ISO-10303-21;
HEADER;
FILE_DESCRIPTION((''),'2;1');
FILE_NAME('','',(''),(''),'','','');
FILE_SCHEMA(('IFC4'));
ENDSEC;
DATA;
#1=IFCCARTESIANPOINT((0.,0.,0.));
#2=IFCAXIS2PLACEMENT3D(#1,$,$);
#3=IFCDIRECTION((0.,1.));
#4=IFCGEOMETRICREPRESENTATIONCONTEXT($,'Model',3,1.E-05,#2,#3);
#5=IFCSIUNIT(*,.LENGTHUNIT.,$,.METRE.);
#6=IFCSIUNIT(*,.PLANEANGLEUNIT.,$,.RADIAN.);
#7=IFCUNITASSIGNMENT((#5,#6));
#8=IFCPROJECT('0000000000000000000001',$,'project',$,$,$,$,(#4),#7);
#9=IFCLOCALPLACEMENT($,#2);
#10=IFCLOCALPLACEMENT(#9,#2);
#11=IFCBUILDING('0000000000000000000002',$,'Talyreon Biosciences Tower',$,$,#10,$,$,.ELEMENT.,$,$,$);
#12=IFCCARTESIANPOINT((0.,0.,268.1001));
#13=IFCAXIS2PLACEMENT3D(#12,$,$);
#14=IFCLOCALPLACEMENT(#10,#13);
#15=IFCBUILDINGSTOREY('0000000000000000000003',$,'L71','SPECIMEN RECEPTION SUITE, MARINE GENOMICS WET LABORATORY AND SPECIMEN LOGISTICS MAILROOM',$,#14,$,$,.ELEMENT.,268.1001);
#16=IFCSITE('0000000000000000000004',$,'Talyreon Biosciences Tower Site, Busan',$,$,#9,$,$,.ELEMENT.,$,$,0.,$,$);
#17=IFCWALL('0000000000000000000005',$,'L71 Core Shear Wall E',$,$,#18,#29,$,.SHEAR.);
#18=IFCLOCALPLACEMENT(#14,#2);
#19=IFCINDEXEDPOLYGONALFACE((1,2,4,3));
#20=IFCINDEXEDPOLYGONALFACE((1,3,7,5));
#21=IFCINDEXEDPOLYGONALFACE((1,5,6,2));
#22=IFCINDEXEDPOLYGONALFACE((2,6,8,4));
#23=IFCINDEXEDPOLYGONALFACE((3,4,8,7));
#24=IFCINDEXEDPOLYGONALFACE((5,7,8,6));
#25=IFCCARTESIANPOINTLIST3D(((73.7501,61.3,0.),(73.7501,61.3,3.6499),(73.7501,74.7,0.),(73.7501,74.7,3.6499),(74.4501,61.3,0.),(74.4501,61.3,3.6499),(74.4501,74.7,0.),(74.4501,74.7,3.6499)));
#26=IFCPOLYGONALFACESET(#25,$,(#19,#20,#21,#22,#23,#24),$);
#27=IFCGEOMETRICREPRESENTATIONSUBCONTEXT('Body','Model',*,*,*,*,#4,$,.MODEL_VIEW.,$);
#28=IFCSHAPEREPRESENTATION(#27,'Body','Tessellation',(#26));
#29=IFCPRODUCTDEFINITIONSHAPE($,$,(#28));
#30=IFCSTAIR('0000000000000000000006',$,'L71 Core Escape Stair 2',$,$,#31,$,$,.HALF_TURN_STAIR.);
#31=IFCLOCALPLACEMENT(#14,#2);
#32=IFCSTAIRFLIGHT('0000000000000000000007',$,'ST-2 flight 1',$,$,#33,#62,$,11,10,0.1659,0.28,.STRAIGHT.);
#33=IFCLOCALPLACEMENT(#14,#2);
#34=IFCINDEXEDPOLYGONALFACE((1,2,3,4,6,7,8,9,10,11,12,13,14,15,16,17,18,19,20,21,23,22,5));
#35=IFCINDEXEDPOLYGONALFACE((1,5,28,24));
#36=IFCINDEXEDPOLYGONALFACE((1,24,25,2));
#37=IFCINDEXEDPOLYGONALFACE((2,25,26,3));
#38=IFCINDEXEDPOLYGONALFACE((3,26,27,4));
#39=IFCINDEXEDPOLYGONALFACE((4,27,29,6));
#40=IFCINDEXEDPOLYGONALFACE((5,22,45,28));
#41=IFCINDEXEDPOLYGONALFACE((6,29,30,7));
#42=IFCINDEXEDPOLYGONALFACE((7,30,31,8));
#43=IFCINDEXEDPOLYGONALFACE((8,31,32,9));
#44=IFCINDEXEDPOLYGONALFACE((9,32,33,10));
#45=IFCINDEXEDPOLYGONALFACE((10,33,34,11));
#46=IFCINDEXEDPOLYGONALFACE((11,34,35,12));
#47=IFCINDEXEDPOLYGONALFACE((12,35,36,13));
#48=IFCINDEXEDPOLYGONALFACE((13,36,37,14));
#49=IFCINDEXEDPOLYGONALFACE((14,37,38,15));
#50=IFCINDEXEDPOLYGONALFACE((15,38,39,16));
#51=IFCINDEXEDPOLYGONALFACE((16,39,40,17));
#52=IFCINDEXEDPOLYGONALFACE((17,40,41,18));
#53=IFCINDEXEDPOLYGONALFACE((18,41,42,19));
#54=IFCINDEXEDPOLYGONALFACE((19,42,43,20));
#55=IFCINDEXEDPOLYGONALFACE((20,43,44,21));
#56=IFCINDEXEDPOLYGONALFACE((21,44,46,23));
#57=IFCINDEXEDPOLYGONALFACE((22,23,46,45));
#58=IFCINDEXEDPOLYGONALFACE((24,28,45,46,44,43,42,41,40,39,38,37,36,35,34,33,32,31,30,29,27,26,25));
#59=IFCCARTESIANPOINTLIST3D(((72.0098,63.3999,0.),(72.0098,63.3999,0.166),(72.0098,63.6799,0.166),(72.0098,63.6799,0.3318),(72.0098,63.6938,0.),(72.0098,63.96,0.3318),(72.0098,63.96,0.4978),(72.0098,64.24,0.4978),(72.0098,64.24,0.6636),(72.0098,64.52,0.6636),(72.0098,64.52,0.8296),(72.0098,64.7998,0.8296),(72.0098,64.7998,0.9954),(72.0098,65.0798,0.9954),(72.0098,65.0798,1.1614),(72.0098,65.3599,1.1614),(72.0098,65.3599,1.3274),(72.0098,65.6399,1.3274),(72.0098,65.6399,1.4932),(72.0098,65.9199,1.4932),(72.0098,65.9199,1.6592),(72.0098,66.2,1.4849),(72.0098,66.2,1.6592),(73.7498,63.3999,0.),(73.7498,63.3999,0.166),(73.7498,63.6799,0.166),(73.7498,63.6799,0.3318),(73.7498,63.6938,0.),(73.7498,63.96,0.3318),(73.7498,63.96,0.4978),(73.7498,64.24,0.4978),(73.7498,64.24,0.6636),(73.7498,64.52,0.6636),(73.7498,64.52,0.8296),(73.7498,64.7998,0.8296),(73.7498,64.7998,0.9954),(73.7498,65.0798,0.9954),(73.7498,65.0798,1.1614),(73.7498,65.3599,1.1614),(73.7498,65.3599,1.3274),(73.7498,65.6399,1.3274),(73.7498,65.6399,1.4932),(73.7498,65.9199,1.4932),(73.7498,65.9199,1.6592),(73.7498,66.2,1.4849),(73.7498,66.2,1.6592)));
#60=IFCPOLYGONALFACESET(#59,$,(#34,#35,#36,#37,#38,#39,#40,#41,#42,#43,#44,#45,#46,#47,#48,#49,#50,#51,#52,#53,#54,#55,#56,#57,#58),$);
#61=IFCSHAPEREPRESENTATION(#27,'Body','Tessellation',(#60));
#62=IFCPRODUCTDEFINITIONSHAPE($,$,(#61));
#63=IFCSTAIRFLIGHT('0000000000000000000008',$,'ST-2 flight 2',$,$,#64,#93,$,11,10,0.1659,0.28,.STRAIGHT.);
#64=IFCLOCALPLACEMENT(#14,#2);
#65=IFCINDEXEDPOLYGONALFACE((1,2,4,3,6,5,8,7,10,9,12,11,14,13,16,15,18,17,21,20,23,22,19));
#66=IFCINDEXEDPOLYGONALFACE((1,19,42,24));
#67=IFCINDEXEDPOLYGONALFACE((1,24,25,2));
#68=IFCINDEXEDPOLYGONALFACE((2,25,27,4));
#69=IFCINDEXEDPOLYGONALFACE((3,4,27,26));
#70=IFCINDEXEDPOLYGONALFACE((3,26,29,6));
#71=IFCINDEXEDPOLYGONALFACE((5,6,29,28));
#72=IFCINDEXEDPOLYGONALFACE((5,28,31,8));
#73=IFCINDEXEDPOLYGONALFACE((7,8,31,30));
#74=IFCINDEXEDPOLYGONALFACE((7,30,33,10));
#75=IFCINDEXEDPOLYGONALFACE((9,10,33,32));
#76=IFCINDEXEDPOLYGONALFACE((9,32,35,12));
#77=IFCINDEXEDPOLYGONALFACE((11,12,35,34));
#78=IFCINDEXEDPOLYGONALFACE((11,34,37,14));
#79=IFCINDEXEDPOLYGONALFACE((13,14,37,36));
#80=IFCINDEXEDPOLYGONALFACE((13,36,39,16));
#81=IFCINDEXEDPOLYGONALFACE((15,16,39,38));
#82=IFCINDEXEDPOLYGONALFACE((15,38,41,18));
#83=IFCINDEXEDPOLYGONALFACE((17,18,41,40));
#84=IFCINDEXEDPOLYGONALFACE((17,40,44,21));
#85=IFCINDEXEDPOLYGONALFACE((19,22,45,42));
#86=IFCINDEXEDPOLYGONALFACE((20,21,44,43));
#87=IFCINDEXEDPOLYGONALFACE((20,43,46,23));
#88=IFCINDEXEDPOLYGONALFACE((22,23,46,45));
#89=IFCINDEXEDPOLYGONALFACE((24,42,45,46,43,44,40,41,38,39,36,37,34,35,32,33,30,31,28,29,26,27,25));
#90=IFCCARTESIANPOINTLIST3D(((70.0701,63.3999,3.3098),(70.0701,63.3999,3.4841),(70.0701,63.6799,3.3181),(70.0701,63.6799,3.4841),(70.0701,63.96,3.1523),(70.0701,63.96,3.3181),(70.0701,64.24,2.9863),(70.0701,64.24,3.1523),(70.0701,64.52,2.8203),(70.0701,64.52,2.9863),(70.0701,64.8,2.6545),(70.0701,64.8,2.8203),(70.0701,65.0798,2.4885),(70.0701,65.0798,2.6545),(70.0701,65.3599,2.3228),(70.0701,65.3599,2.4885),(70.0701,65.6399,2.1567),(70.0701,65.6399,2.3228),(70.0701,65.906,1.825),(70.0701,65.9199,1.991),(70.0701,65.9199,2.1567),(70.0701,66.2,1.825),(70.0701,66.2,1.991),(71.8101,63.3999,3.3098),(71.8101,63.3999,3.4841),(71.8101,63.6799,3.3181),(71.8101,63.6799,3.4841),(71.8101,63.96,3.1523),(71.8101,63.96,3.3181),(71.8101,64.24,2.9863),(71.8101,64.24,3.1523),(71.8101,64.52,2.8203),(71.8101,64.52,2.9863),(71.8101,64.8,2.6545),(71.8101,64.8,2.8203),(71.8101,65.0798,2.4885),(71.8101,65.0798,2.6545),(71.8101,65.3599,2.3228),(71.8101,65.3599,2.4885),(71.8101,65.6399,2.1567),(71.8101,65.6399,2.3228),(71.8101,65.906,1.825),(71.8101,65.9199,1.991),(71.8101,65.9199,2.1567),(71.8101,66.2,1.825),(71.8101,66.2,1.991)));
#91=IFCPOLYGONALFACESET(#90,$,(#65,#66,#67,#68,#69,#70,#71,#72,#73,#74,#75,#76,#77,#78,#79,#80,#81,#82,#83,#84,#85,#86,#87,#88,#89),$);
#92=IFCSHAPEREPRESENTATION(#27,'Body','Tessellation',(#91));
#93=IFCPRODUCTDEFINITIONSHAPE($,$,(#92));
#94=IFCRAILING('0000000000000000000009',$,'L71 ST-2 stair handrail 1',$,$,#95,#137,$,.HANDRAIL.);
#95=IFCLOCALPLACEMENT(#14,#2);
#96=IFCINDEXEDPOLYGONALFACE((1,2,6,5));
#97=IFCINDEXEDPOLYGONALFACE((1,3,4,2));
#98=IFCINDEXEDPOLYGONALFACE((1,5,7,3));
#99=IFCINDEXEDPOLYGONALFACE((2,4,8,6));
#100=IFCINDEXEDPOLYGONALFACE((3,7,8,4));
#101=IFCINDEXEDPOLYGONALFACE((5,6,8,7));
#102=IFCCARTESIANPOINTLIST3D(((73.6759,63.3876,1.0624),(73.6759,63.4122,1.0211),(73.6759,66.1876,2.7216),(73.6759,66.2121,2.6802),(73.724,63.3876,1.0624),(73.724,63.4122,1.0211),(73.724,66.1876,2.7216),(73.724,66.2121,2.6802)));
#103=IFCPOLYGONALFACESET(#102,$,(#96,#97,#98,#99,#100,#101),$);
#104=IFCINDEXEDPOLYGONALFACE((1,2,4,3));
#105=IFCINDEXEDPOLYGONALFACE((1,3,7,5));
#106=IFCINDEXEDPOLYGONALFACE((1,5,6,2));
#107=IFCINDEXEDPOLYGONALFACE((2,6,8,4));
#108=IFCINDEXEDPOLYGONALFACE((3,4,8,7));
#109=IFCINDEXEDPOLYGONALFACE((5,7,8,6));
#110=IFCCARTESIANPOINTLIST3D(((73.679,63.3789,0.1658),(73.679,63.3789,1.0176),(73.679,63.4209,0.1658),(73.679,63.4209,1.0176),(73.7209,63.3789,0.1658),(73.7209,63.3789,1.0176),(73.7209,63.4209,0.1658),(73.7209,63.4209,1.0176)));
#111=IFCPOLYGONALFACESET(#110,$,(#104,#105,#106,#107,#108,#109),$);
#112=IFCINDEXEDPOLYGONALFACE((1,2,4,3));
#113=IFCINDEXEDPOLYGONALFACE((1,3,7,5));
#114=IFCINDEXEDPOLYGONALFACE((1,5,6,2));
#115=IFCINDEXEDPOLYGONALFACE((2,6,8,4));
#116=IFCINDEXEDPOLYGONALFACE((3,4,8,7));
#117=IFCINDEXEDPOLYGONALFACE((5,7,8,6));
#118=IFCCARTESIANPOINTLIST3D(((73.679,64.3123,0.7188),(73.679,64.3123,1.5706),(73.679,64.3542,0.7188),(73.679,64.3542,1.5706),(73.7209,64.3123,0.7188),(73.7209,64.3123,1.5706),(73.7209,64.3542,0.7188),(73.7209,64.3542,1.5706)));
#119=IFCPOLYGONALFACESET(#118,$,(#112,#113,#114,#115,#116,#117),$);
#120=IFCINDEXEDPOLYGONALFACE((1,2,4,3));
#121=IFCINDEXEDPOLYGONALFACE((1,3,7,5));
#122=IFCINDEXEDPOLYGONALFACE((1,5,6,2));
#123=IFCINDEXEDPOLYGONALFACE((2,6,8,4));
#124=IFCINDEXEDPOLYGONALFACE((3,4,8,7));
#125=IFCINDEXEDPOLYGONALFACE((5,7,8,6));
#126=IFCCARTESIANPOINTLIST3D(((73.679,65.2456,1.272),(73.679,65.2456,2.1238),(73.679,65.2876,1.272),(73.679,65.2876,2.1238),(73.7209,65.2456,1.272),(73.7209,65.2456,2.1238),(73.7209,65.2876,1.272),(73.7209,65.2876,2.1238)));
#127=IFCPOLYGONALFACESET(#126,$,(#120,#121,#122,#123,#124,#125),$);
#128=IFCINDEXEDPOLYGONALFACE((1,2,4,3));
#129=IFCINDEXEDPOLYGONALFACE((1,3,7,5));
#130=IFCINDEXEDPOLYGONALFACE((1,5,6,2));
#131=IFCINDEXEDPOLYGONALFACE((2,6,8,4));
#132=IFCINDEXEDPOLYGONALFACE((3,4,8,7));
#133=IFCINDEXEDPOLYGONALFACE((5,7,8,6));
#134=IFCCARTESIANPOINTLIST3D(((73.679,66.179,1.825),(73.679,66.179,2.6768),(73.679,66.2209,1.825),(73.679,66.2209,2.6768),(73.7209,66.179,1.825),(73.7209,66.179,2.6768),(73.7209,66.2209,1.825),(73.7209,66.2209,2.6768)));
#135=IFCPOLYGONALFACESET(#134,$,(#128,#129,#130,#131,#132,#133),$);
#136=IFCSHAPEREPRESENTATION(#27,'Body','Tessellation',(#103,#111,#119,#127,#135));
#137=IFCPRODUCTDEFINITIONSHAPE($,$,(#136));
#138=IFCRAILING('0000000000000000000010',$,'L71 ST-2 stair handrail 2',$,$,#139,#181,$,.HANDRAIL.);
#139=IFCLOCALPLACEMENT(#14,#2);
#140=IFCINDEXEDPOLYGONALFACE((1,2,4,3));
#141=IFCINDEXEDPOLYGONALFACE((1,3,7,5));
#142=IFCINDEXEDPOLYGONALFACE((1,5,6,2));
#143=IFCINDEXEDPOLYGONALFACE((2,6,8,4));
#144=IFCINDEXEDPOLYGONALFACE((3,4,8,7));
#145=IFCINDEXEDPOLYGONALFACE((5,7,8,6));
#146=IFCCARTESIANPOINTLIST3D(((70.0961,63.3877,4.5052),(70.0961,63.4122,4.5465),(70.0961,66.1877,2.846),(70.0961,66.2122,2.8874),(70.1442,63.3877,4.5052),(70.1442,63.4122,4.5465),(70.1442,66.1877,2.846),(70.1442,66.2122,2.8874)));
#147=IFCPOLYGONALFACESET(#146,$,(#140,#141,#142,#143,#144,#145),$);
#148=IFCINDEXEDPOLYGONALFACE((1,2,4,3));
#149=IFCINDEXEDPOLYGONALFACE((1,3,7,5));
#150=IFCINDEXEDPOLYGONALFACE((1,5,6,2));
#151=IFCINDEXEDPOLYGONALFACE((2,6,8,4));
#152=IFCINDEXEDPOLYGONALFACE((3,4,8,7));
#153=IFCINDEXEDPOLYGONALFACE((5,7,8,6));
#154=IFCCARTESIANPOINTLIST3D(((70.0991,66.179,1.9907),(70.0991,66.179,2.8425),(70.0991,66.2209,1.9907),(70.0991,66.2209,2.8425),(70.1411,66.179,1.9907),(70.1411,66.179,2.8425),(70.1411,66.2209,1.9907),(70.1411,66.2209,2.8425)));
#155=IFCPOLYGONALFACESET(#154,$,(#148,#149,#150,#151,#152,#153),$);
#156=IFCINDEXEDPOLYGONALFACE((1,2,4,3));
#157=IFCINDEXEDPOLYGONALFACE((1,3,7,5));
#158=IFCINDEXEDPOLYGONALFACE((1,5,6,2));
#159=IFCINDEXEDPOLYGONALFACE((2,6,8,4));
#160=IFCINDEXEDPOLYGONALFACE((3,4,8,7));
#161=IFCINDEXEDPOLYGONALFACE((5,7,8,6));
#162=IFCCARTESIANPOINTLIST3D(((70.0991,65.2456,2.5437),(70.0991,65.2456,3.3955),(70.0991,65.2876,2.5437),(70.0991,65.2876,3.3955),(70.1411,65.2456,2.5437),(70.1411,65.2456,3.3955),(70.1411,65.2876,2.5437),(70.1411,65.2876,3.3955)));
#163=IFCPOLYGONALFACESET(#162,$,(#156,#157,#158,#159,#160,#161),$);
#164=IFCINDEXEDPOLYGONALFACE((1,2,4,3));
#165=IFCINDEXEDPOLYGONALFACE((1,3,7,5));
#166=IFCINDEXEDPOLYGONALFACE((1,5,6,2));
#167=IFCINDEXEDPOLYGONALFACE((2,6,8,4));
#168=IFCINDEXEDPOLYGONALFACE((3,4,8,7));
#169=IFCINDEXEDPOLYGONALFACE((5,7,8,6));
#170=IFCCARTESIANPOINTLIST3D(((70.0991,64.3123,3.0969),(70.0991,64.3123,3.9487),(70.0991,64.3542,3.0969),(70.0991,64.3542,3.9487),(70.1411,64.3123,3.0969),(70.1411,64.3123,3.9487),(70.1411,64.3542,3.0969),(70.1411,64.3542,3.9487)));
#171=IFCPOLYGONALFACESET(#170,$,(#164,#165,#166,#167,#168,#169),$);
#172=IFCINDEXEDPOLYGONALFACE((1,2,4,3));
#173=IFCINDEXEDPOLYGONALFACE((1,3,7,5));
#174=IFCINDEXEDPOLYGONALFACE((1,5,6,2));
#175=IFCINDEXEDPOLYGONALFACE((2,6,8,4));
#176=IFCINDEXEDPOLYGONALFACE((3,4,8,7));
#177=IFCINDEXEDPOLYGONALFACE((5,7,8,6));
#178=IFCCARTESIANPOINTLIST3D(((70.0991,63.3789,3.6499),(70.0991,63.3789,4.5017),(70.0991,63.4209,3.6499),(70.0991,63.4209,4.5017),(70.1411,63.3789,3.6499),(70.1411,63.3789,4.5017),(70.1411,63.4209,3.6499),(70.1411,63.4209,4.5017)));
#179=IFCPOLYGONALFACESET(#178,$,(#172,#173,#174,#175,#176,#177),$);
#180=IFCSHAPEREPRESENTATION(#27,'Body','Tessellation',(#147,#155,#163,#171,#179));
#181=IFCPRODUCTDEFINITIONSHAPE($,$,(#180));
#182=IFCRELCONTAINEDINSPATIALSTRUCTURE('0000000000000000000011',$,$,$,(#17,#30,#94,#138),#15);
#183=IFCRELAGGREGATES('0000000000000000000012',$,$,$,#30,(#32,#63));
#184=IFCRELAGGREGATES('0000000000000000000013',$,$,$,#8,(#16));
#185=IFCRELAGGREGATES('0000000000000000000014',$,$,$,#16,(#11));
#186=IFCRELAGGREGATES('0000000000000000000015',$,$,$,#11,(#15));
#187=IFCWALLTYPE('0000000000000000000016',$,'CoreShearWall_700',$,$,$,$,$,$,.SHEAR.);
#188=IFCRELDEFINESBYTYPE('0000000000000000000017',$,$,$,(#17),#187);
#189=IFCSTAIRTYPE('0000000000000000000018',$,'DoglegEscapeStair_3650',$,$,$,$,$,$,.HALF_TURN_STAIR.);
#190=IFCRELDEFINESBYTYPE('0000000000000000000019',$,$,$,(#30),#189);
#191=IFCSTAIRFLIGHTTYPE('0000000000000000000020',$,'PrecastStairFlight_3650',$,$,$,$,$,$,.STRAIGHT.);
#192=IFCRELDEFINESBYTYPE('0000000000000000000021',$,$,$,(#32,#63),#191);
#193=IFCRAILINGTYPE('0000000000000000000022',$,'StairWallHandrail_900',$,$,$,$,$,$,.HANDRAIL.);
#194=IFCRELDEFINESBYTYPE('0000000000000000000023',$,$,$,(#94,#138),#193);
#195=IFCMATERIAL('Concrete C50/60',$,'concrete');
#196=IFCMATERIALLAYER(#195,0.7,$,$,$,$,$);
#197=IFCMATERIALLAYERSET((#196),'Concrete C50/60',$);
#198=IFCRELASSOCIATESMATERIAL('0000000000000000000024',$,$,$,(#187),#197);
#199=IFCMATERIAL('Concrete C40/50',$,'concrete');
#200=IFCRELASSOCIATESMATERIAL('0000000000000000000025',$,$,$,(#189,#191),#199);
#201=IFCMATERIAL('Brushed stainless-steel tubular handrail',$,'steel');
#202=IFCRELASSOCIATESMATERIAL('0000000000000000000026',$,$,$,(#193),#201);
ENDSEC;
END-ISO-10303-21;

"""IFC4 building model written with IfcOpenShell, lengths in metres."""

from ifc_helpers import new_model, si_unit, direction, frame, frame_2d, origin, origin_2d, place, context, subcontext, project, spatial, polyline, rectangle, outline, extrude, material, layer, layer_set, type_object, element, aggregate, save


model = new_model("IFC4")

# Units and contexts
model_context = context("Model", 3, precision=1e-05, world=origin(), true_north=direction((0.0, 1.0)))
body_context = subcontext(model_context, "Body", "Model", "MODEL_VIEW")
ifc_project = project(units=[si_unit("LENGTHUNIT", "METRE"), si_unit("PLANEANGLEUNIT", "RADIAN")], contexts=[model_context])

# Site, building, storey
site_placement = place(None, origin())
site = spatial("IfcSite", under=ifc_project, at=site_placement, Name="Talyreon Biosciences Tower Site, Busan", CompositionType="ELEMENT", RefElevation=0.0)
building_placement = place(site_placement, origin())
building = spatial("IfcBuilding", under=site, at=building_placement, Name="Talyreon Biosciences Tower", CompositionType="ELEMENT")
storey_placement = place(building_placement, frame((0.0, 0.0, 268.1001)))
storey = spatial("IfcBuildingStorey", under=building, at=storey_placement, Name="L71", Description="SPECIMEN RECEPTION SUITE, MARINE GENOMICS WET LABORATORY AND SPECIMEN LOGISTICS MAILROOM", CompositionType="ELEMENT", Elevation=268.1001)

# Shared definitions
ifc_material_1 = material(Name="Concrete C50/60", Category="concrete")

# Wall
ifc_layer_1 = layer(ifc_material_1, 0.7)
ifc_layer_set_1 = layer_set([ifc_layer_1], Name="Concrete C50/60")
wall_type_1 = type_object("IfcWallType", Name="CoreShearWall_700", PredefinedType="SHEAR", material=ifc_layer_set_1)
wall_1_placement = place(storey_placement, frame((74.1001, 61.3, 0.0), z_axis=(0.0, 0.0, 1.0), x_axis=(0.0, 1.0, 0.0)))
element("IfcWall", 1, at=wall_1_placement, inside=storey, type_object=wall_type_1, Name="L71 Core Shear Wall E", PredefinedType="SHEAR", context=body_context, shape_type="SweptSolid", body=[
    extrude(rectangle(XDim=13.3999, YDim=0.7, at=frame_2d((6.7, 0.0))), origin(), (0.0, 0.0, 1.0), 3.6499),
])

# Stair, stair flights
ifc_material_2 = material(Name="Concrete C40/50", Category="concrete")
stair_type = type_object("IfcStairType", Name="DoglegEscapeStair_3650", PredefinedType="HALF_TURN_STAIR", material=ifc_material_2)
stair_placement = place(storey_placement, origin())
stair = element("IfcStair", 2, at=stair_placement, inside=storey, type_object=stair_type, Name="L71 Core Escape Stair 2", PredefinedType="HALF_TURN_STAIR")
stair_flight_type = type_object("IfcStairFlightType", Name="PrecastStairFlight_3650", PredefinedType="STRAIGHT", material=ifc_material_2)
stair_flight_1_placement = place(storey_placement, frame((72.8799, 63.3999, 0.0), z_axis=(0.0, 0.0, 1.0), x_axis=(0.0, 1.0, 0.0)))
stair_flight_1 = element("IfcStairFlight", 3, at=stair_flight_1_placement, type_object=stair_flight_type, Name="ST-2 flight 1", NumberOfRisers=11, NumberOfTreads=10, PredefinedType="STRAIGHT", RiserHeight=0.1659, TreadLength=0.28, context=body_context, shape_type="SweptSolid", body=[
    extrude(outline(polyline([(0.0, 0.0), (0.0, 0.166), (0.28, 0.166), (0.28, 0.3318), (0.5601, 0.3318), (0.5601, 0.4978), (0.8401, 0.4978), (0.8401, 0.6636), (1.1201, 0.6636), (1.1201, 0.8296), (1.3999, 0.8296), (1.3999, 0.9954), (1.6799, 0.9954), (1.6799, 1.1614), (1.96, 1.1614), (1.96, 1.3274), (2.24, 1.3274), (2.24, 1.4932), (2.52, 1.4932), (2.52, 1.6592), (2.8, 1.6592), (2.8, 1.825), (2.8, 1.4849), (0.2939, 0.0), (0.0, 0.0)])), frame((0.0, 0.8701, 0.0), z_axis=(0.0, -1.0, 0.0), x_axis=(1.0, 0.0, 0.0)), (0.0, 0.0, 1.0), 1.74),
])
stair_flight_2_placement = place(storey_placement, frame((70.9399, 66.2, 1.825), z_axis=(0.0, 0.0, 1.0), x_axis=(0.0, -1.0, 0.0)))
stair_flight_2 = element("IfcStairFlight", 4, at=stair_flight_2_placement, type_object=stair_flight_type, Name="ST-2 flight 2", NumberOfRisers=11, NumberOfTreads=10, PredefinedType="STRAIGHT", RiserHeight=0.1659, TreadLength=0.28, context=body_context, shape_type="SweptSolid", body=[
    extrude(outline(polyline([(0.0, 0.0), (0.0, 0.166), (0.28, 0.166), (0.28, 0.3318), (0.5601, 0.3318), (0.5601, 0.4978), (0.8401, 0.4978), (0.8401, 0.6636), (1.1201, 0.6636), (1.1201, 0.8296), (1.3999, 0.8296), (1.3999, 0.9954), (1.6799, 0.9954), (1.6799, 1.1614), (1.96, 1.1614), (1.96, 1.3274), (2.24, 1.3274), (2.24, 1.4932), (2.52, 1.4932), (2.52, 1.6592), (2.8, 1.6592), (2.8, 1.825), (2.8, 1.4849), (0.2939, 0.0), (0.0, 0.0)])), frame((0.0, 0.8701, 0.0), z_axis=(0.0, -1.0, 0.0), x_axis=(1.0, 0.0, 0.0)), (0.0, 0.0, 1.0), 1.74),
])
aggregate(stair, [stair_flight_1, stair_flight_2])

# Railings
ifc_material_3 = material(Name="Brushed stainless-steel tubular handrail", Category="steel")
railing_type_1 = type_object("IfcRailingType", Name="StairWallHandrail_900", PredefinedType="HANDRAIL", material=ifc_material_3)
railing_1_placement = place(storey_placement, frame((73.7, 63.3999, 0.1658)))
element("IfcRailing", 5, at=railing_1_placement, inside=storey, type_object=railing_type_1, Name="L71 ST-2 stair handrail 1", PredefinedType="HANDRAIL", context=body_context, shape_type="SweptSolid", body=[
    extrude(rectangle(XDim=0.0481, YDim=0.0481, at=origin_2d()), frame((0.0, 0.0, 0.876), z_axis=(0.0, 0.860306, 0.509778), x_axis=(-1.0, 0.0, 0.0)), (0.0, 0.0, 1.0), 3.2546),
    extrude(rectangle(XDim=0.042, YDim=0.042, at=origin_2d()), origin(), (0.0, 0.0, 1.0), 0.8518),
    extrude(rectangle(XDim=0.042, YDim=0.042, at=origin_2d()), frame((0.0, 0.9333, 0.553)), (0.0, 0.0, 1.0), 0.8518),
    extrude(rectangle(XDim=0.042, YDim=0.042, at=origin_2d()), frame((0.0, 1.8667, 1.1062)), (0.0, 0.0, 1.0), 0.8518),
    extrude(rectangle(XDim=0.042, YDim=0.042, at=origin_2d()), frame((0.0, 2.8, 1.6592)), (0.0, 0.0, 1.0), 0.8518),
])
railing_2_placement = place(storey_placement, frame((70.1201, 66.2, 1.9907)))
element("IfcRailing", 6, at=railing_2_placement, inside=storey, type_object=railing_type_1, Name="L71 ST-2 stair handrail 2", PredefinedType="HANDRAIL", context=body_context, shape_type="SweptSolid", body=[
    extrude(rectangle(XDim=0.0481, YDim=0.0481, at=origin_2d()), frame((0.0, 0.0, 0.876), z_axis=(0.0, -0.860306, 0.509778), x_axis=(1.0, 0.0, 0.0)), (0.0, 0.0, 1.0), 3.2546),
    extrude(rectangle(XDim=0.042, YDim=0.042, at=origin_2d()), origin(), (0.0, 0.0, 1.0), 0.8518),
    extrude(rectangle(XDim=0.042, YDim=0.042, at=origin_2d()), frame((0.0, -0.9333, 0.553)), (0.0, 0.0, 1.0), 0.8518),
    extrude(rectangle(XDim=0.042, YDim=0.042, at=origin_2d()), frame((0.0, -1.8667, 1.1062)), (0.0, 0.0, 1.0), 0.8518),
    extrude(rectangle(XDim=0.042, YDim=0.042, at=origin_2d()), frame((0.0, -2.8, 1.6592)), (0.0, 0.0, 1.0), 0.8518),
])

save(model, "model.ifc")
